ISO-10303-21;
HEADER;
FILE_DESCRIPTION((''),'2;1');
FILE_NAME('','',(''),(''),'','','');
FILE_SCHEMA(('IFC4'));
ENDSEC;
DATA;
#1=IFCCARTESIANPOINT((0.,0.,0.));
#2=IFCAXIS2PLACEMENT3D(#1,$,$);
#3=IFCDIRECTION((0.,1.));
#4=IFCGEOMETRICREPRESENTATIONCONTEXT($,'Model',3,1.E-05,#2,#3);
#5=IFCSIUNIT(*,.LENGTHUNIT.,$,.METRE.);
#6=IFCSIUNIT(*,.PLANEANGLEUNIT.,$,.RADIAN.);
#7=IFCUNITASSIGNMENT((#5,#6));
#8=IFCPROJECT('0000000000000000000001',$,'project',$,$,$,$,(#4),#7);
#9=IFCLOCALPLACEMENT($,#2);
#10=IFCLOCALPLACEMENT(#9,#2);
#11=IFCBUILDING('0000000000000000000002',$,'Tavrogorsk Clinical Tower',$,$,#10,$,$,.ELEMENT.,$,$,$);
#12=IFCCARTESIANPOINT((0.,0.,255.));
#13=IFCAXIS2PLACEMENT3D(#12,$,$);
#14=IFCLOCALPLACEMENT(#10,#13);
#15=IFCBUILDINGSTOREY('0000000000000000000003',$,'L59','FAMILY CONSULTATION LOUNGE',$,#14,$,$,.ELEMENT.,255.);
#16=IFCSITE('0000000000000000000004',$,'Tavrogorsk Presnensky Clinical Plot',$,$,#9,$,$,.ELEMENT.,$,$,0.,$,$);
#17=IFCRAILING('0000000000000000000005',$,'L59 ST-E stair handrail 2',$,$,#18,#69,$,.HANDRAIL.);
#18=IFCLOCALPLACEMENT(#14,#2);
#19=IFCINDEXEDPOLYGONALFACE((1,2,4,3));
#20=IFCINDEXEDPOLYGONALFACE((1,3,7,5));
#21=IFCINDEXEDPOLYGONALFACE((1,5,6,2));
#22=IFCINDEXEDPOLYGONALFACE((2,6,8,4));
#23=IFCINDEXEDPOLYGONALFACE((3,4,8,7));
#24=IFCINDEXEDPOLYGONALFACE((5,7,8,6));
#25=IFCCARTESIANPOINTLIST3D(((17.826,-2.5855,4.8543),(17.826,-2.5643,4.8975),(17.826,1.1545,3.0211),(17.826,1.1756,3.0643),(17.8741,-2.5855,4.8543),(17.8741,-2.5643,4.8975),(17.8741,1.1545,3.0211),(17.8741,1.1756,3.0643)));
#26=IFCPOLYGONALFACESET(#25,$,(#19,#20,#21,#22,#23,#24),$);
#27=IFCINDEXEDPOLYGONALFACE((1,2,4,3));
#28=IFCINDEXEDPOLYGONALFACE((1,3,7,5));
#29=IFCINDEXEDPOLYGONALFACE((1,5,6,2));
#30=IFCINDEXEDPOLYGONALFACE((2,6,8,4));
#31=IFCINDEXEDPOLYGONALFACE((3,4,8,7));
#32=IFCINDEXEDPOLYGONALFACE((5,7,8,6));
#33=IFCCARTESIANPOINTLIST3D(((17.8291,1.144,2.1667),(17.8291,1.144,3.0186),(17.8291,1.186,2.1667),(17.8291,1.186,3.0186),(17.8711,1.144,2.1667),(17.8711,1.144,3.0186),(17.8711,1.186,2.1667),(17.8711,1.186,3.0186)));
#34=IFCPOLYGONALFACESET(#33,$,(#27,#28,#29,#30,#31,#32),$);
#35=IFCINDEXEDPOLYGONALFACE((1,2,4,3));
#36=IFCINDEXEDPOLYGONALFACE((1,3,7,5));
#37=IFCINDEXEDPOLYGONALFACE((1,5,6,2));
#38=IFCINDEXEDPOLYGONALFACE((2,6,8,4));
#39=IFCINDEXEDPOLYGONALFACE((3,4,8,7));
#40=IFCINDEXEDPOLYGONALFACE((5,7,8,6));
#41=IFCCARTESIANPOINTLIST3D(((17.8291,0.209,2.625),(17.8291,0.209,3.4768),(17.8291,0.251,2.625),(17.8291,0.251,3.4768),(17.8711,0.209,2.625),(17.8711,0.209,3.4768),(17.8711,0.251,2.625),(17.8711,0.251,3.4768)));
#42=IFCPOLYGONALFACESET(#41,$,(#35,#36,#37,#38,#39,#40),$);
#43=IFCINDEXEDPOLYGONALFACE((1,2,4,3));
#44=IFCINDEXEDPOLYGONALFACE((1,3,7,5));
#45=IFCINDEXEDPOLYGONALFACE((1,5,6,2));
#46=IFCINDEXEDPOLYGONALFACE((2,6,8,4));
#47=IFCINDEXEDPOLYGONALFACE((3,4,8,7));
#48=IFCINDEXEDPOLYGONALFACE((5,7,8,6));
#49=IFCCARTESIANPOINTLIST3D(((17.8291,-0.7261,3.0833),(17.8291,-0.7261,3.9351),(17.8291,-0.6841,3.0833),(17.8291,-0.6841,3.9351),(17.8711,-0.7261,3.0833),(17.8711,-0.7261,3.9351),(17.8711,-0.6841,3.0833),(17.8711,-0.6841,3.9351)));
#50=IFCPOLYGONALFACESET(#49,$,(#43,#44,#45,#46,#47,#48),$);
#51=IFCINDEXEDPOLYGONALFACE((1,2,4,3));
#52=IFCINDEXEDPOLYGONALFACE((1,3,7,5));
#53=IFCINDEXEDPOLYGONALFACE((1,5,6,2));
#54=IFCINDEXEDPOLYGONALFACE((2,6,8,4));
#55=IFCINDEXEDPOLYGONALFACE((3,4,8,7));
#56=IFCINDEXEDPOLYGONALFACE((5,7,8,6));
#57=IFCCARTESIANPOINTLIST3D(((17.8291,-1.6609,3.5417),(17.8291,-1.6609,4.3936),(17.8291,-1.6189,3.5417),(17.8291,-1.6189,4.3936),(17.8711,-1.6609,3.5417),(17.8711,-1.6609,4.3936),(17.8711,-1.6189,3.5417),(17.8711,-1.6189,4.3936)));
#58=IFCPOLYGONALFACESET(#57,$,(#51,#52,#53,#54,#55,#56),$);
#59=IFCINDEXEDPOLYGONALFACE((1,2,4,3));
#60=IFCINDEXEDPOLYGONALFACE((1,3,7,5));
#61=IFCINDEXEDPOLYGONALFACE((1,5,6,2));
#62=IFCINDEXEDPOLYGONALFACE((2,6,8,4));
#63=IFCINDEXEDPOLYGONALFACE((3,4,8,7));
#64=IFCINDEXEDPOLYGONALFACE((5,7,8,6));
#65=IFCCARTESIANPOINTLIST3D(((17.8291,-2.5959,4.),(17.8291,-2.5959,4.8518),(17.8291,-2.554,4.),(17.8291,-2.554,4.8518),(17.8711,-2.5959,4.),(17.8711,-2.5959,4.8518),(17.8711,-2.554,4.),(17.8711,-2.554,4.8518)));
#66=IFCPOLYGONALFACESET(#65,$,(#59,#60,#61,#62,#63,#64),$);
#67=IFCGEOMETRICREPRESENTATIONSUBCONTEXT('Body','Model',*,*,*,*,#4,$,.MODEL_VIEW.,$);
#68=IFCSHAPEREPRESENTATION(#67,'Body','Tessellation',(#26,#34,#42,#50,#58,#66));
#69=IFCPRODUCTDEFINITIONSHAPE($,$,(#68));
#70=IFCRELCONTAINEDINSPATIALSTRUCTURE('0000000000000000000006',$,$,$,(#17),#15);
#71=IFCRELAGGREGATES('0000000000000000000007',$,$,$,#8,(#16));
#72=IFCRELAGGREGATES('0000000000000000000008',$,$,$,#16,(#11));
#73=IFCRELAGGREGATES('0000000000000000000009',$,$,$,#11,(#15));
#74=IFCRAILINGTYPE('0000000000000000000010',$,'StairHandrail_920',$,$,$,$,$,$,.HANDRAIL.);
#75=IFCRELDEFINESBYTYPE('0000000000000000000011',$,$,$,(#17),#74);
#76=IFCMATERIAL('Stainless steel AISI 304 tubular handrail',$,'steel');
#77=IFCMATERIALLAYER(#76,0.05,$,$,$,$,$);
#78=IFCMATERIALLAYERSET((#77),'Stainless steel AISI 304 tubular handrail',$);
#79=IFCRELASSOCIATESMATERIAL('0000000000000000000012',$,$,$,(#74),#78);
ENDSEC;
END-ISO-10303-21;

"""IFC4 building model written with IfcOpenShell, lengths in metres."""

from ifc_helpers import new_model, si_unit, direction, frame, origin, origin_2d, place, context, subcontext, project, spatial, rectangle, extrude, material, layer, layer_set, type_object, element, save


model = new_model("IFC4")

# Units and contexts
model_context = context("Model", 3, precision=1e-05, world=origin(), true_north=direction((0.0, 1.0)))
body_context = subcontext(model_context, "Body", "Model", "MODEL_VIEW")
ifc_project = project(units=[si_unit("LENGTHUNIT", "METRE"), si_unit("PLANEANGLEUNIT", "RADIAN")], contexts=[model_context])

# Site, building, storey
site_placement = place(None, origin())
site = spatial("IfcSite", under=ifc_project, at=site_placement, Name="Tavrogorsk Presnensky Clinical Plot", CompositionType="ELEMENT", RefElevation=0.0)
building_placement = place(site_placement, origin())
building = spatial("IfcBuilding", under=site, at=building_placement, Name="Tavrogorsk Clinical Tower", CompositionType="ELEMENT")
storey_placement = place(building_placement, frame((0.0, 0.0, 255.0)))
storey = spatial("IfcBuildingStorey", under=building, at=storey_placement, Name="L59", Description="FAMILY CONSULTATION LOUNGE", CompositionType="ELEMENT", Elevation=255.0)

# Railing
ifc_material_1 = material(Name="Stainless steel AISI 304 tubular handrail", Category="steel")
ifc_layer_1 = layer(ifc_material_1, 0.05)
ifc_layer_set_1 = layer_set([ifc_layer_1], Name="Stainless steel AISI 304 tubular handrail")
railing_type_1 = type_object("IfcRailingType", Name="StairHandrail_920", PredefinedType="HANDRAIL", material=ifc_layer_set_1)
railing_1_placement = place(storey_placement, frame((17.8501, 1.165, 2.1667)))
element("IfcRailing", 1, at=railing_1_placement, inside=storey, type_object=railing_type_1, Name="L59 ST-E stair handrail 2", PredefinedType="HANDRAIL", context=body_context, shape_type="SweptSolid", body=[
    extrude(rectangle(XDim=0.0481, YDim=0.0481, at=origin_2d()), frame((0.0, 0.0, 0.876), z_axis=(0.0, -0.897928, 0.440142), x_axis=(1.0, 0.0, 0.0)), (0.0, 0.0, 1.0), 4.165),
    extrude(rectangle(XDim=0.042, YDim=0.042, at=origin_2d()), origin(), (0.0, 0.0, 1.0), 0.8518),
    extrude(rectangle(XDim=0.042, YDim=0.042, at=origin_2d()), frame((0.0, -0.9351, 0.4583)), (0.0, 0.0, 1.0), 0.8518),
    extrude(rectangle(XDim=0.042, YDim=0.042, at=origin_2d()), frame((0.0, -1.8701, 0.9165)), (0.0, 0.0, 1.0), 0.8518),
    extrude(rectangle(XDim=0.042, YDim=0.042, at=origin_2d()), frame((0.0, -2.8049, 1.375)), (0.0, 0.0, 1.0), 0.8518),
    extrude(rectangle(XDim=0.042, YDim=0.042, at=origin_2d()), frame((0.0, -3.74, 1.8333)), (0.0, 0.0, 1.0), 0.8518),
])

save(model, "model.ifc")
